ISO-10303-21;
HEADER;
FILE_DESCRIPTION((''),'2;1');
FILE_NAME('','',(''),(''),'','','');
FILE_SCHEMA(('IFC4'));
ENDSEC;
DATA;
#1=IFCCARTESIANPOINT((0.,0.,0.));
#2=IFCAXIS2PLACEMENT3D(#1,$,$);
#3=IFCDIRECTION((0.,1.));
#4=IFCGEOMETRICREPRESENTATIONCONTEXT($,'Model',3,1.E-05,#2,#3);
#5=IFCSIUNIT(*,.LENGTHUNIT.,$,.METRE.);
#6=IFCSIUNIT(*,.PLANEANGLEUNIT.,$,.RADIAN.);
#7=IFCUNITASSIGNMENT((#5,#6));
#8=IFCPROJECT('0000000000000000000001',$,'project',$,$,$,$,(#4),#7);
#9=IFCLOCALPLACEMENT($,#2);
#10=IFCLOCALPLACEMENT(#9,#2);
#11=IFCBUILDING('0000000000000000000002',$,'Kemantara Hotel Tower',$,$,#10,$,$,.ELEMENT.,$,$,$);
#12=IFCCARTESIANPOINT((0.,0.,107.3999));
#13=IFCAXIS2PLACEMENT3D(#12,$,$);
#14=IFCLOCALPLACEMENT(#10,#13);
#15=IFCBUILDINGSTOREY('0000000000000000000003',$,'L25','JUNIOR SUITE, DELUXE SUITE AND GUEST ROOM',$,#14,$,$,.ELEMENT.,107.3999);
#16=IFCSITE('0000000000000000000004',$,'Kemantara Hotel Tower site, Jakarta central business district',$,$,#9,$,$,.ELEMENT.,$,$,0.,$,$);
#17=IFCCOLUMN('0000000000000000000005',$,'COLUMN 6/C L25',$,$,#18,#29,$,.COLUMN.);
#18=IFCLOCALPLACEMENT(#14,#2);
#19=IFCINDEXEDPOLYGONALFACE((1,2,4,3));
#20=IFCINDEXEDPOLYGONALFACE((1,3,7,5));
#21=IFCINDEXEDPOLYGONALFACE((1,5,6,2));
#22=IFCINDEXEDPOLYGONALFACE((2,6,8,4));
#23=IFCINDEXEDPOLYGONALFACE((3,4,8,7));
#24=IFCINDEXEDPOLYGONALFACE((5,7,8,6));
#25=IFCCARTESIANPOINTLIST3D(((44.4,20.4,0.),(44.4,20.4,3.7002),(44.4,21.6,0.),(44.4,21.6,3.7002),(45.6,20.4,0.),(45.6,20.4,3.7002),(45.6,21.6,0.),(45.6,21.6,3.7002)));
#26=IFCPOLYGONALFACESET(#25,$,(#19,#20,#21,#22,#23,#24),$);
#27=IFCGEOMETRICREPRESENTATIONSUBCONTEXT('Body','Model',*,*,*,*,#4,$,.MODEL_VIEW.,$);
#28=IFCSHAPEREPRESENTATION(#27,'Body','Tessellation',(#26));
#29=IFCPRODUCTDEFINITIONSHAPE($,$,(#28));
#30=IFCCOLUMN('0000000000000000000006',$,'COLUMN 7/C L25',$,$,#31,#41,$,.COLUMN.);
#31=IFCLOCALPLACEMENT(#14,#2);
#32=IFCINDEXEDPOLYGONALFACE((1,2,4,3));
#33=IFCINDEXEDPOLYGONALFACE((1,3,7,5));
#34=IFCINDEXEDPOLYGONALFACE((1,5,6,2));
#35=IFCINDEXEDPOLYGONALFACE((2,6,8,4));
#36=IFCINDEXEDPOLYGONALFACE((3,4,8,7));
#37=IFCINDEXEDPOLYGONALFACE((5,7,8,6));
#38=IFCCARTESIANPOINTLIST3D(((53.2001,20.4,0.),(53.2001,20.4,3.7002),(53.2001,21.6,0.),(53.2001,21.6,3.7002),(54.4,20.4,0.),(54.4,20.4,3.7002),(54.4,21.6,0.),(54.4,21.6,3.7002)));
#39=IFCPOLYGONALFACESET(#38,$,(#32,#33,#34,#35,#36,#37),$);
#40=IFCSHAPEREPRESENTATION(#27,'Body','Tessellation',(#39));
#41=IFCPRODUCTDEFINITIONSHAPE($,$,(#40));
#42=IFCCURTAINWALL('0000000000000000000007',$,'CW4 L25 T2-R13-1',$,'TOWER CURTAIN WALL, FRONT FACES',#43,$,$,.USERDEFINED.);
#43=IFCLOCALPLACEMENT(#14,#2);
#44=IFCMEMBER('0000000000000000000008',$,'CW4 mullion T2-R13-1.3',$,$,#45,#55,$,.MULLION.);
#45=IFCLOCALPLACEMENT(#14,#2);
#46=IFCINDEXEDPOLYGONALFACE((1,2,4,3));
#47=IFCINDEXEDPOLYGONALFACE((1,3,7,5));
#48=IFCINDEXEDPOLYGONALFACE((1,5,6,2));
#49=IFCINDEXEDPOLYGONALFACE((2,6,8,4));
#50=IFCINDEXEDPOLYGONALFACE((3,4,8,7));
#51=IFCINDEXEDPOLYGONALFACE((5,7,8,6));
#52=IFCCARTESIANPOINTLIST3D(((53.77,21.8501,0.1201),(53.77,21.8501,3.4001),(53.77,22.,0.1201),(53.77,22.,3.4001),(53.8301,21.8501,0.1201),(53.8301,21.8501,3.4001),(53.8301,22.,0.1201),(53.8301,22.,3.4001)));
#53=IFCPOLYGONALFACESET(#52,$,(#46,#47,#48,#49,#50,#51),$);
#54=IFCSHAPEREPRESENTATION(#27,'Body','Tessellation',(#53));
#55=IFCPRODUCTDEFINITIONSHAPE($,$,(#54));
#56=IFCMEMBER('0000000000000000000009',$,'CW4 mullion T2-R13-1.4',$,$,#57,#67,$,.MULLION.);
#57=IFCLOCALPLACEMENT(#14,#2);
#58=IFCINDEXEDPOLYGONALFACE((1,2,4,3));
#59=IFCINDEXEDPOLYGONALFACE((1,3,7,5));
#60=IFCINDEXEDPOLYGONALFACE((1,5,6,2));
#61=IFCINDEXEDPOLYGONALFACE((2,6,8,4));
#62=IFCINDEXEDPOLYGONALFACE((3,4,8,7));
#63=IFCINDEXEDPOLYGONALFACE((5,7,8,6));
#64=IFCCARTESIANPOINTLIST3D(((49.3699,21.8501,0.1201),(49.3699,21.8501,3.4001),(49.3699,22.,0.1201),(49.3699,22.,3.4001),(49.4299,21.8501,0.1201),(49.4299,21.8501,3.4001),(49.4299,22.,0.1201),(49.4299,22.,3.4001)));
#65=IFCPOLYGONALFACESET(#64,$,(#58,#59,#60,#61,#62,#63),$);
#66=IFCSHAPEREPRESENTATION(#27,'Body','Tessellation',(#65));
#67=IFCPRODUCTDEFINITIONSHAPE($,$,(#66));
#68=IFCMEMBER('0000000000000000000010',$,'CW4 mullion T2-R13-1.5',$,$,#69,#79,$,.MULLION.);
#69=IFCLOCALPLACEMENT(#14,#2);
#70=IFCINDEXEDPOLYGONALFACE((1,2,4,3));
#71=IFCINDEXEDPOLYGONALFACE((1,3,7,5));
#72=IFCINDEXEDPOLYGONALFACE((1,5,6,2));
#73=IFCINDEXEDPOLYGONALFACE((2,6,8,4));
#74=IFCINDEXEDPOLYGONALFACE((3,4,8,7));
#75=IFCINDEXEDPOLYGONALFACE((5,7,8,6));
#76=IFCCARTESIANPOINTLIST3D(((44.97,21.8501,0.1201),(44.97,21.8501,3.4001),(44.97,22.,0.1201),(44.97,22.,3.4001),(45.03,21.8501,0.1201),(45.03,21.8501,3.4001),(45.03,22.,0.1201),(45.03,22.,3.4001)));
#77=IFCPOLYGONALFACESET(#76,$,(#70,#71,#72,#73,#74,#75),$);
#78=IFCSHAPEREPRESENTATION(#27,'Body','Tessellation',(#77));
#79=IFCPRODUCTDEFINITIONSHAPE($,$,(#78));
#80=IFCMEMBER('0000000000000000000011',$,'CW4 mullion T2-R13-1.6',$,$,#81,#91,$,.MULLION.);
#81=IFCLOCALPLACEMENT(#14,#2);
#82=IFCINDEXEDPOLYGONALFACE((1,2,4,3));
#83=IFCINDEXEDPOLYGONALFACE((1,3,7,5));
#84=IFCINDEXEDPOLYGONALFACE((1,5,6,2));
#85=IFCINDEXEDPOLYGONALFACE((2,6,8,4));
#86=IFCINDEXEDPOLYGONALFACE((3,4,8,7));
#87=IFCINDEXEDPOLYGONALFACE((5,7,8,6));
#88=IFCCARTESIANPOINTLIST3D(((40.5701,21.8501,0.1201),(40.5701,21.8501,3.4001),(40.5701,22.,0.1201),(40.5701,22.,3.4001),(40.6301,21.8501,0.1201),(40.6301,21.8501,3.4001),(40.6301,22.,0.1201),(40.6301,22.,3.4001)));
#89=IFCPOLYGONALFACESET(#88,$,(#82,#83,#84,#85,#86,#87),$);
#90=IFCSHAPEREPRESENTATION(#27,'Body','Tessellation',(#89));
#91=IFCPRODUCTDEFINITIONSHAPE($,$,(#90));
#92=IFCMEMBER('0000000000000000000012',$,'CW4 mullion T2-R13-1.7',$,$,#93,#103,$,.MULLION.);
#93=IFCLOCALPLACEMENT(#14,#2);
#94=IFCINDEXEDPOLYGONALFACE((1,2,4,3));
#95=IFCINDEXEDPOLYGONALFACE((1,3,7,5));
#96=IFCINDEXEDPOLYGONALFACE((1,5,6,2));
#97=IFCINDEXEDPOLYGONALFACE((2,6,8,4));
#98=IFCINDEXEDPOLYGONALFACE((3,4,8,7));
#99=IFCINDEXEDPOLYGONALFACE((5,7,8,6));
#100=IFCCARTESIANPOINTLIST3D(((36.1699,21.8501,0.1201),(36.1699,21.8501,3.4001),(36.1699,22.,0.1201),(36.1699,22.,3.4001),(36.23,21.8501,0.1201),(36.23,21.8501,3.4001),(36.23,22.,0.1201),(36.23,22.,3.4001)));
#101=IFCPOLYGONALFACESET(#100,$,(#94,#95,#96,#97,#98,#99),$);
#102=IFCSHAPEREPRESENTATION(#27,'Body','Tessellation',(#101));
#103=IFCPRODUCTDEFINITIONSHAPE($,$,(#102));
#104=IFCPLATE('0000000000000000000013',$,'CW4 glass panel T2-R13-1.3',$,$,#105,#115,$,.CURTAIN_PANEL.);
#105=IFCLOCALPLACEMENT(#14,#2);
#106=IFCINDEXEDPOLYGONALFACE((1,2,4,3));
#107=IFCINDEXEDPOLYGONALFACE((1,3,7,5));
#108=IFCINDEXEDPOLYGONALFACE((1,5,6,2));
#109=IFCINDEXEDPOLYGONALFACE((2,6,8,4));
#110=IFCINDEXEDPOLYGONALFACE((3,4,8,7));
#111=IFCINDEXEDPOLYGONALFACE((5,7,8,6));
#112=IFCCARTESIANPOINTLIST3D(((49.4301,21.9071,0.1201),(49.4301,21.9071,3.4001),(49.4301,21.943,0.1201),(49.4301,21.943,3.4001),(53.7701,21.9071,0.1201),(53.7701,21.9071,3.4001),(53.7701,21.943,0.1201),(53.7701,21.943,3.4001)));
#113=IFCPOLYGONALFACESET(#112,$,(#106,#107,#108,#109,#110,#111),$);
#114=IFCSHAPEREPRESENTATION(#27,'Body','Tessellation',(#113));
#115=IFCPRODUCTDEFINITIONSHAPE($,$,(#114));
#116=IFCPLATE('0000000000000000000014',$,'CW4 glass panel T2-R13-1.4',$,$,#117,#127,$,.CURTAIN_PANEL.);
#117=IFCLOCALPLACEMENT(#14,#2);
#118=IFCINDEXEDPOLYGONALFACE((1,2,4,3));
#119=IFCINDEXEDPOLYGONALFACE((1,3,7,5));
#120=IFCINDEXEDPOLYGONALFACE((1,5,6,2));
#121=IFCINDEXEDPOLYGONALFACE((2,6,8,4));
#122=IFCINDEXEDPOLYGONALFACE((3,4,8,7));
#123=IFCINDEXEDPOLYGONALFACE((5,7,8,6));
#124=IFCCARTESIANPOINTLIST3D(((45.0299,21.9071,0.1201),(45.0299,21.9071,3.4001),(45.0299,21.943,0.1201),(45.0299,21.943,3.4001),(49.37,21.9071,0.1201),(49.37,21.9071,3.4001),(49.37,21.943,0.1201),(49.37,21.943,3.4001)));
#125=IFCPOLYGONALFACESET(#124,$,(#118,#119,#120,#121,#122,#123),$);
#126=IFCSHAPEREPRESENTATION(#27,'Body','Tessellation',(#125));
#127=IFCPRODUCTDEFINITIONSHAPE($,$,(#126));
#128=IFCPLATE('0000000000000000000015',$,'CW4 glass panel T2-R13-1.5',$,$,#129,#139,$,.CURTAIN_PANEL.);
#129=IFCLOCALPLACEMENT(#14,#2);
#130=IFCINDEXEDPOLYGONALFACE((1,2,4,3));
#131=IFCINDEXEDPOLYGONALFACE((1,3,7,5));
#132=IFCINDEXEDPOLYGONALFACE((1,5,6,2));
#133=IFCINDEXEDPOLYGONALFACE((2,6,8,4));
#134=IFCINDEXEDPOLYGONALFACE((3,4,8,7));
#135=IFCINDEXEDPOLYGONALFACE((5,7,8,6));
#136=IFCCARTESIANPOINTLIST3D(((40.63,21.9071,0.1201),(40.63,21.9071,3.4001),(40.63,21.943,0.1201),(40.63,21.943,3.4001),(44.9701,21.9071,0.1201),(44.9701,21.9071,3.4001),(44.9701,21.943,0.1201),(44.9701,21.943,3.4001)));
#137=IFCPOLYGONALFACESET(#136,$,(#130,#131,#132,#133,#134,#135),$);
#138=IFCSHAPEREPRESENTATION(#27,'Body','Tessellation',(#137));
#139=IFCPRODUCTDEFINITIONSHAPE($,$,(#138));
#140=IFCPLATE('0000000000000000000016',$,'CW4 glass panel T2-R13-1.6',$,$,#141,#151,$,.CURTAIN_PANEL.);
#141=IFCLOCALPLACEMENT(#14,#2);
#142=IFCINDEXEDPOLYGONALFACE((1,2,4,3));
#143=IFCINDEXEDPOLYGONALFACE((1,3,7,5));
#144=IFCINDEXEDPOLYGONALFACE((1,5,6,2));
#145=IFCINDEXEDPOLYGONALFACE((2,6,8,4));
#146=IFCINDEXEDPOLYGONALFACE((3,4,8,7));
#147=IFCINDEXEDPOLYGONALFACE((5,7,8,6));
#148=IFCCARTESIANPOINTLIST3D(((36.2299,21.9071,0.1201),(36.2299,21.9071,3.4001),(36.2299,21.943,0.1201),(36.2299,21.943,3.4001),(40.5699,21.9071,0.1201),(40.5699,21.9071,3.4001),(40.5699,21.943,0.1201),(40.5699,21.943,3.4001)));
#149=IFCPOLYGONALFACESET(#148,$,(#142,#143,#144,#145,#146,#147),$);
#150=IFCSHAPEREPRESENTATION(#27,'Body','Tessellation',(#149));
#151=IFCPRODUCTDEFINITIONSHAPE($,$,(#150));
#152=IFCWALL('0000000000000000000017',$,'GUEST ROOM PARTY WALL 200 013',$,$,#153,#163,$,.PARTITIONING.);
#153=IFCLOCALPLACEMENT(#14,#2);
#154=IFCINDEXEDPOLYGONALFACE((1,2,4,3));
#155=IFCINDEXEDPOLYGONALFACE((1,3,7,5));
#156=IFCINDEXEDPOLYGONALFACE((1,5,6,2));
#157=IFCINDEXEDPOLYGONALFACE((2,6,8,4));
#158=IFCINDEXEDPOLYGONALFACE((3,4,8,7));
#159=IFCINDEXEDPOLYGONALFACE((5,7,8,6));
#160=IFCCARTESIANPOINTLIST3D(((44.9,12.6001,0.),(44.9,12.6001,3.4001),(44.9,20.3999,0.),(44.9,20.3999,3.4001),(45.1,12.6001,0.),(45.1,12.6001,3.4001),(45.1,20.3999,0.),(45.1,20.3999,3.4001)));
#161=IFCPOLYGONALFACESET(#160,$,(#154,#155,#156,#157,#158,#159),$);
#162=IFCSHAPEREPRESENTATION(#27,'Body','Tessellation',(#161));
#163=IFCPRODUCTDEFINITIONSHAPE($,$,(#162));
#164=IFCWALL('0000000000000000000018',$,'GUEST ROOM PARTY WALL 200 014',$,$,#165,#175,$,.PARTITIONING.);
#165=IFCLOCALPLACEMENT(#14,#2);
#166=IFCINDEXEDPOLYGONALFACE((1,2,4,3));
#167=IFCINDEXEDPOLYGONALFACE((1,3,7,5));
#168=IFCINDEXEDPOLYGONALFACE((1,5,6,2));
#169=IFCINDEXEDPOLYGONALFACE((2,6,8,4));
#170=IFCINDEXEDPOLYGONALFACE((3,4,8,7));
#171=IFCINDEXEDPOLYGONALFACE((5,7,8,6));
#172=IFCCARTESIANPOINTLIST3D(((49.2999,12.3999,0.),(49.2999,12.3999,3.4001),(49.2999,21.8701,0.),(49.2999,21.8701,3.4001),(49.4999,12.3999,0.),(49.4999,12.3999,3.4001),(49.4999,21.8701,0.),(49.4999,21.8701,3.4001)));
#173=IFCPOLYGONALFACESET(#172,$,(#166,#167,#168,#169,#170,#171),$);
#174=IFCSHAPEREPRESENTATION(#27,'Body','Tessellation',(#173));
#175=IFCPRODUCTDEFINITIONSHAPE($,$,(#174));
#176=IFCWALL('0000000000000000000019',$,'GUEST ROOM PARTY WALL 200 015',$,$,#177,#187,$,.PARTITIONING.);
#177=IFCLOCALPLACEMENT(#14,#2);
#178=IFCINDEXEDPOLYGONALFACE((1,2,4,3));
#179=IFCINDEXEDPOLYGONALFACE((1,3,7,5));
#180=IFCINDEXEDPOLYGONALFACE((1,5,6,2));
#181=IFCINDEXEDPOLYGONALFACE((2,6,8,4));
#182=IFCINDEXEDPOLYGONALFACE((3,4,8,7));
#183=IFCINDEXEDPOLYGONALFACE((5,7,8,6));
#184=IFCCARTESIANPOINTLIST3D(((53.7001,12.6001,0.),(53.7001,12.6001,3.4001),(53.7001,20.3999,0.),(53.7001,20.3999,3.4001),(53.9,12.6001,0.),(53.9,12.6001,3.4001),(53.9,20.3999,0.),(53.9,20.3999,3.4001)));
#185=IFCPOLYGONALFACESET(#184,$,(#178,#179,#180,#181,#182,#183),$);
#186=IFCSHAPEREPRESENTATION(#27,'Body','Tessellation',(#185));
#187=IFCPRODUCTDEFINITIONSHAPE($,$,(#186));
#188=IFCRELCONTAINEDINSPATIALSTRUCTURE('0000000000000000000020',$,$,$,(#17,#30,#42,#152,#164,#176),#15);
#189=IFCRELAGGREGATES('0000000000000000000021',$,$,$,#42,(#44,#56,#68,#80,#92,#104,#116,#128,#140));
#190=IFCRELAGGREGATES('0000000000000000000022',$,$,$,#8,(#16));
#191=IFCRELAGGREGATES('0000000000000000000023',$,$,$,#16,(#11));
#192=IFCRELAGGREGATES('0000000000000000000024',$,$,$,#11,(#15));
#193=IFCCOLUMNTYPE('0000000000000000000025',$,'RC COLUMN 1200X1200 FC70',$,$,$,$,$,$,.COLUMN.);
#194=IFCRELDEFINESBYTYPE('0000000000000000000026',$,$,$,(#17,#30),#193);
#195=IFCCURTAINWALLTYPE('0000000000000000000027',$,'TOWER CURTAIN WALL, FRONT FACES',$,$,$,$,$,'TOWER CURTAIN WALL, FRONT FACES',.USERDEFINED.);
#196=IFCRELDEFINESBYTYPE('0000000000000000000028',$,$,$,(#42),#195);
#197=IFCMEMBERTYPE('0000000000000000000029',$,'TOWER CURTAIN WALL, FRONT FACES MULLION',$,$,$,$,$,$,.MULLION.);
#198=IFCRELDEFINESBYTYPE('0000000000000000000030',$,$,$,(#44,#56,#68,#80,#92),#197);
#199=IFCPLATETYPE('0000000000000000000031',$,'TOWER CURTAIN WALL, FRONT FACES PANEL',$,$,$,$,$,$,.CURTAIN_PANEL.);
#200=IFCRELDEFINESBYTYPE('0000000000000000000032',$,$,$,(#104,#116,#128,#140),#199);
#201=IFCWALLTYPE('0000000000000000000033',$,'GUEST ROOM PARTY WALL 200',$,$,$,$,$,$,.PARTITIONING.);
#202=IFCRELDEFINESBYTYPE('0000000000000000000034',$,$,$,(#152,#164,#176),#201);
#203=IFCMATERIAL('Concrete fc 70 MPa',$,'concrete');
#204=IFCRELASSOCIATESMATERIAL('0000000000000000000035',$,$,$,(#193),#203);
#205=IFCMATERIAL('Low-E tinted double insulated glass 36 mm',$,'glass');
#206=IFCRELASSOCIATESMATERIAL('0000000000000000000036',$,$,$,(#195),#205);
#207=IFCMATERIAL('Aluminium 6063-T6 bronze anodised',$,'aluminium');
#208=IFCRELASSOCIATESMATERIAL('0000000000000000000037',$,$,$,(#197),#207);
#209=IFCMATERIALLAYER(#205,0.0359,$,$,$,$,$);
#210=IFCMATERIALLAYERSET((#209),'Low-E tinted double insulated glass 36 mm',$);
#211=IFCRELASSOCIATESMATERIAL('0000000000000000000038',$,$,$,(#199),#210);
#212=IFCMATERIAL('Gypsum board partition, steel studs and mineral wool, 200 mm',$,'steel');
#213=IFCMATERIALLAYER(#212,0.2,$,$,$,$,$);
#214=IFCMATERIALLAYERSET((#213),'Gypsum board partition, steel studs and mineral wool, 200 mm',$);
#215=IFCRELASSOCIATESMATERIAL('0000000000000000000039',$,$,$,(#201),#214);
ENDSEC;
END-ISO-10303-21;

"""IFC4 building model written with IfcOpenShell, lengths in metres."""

from ifc_helpers import new_model, si_unit, direction, frame, frame_2d, origin, origin_2d, place, context, subcontext, project, spatial, rectangle, extrude, source, transform, mapped, material, layer, layer_set, material_profile, profile_set, type_object, element, aggregate, save


model = new_model("IFC4")

# Units and contexts
model_context = context("Model", 3, precision=1e-05, world=origin(), true_north=direction((0.0, 1.0)))
body_context = subcontext(model_context, "Body", "Model", "MODEL_VIEW")
ifc_project = project(units=[si_unit("LENGTHUNIT", "METRE"), si_unit("PLANEANGLEUNIT", "RADIAN")], contexts=[model_context])

# Site, building, storey
site_placement = place(None, origin())
site = spatial("IfcSite", under=ifc_project, at=site_placement, Name="Kemantara Hotel Tower site, Jakarta central business district", CompositionType="ELEMENT", RefElevation=0.0)
building_placement = place(site_placement, origin())
building = spatial("IfcBuilding", under=site, at=building_placement, Name="Kemantara Hotel Tower", CompositionType="ELEMENT")
storey_placement = place(building_placement, frame((0.0, 0.0, 107.3999)))
storey = spatial("IfcBuildingStorey", under=building, at=storey_placement, Name="L25", Description="JUNIOR SUITE, DELUXE SUITE AND GUEST ROOM", CompositionType="ELEMENT", Elevation=107.3999)

# Columns
ifc_material_1 = material(Name="Concrete fc 70 MPa", Category="concrete")
ifc_material_profile_1 = material_profile(ifc_material_1, rectangle(XDim=1.2, YDim=1.2, at=origin_2d()), Name="RC 1200X1200")
ifc_profile_set_1 = profile_set([ifc_material_profile_1], Name="Concrete fc 70 MPa")
column_type = type_object("IfcColumnType", Name="RC COLUMN 1200X1200 FC70", PredefinedType="COLUMN", material=ifc_profile_set_1)
for number, where, z_axis, x_axis, name in (
    (1, (45.0, 21.0, 0.0), (0.0, 0.0, 1.0), (1.0, 0.0, 0.0), "COLUMN 6/C L25"),
    (2, (53.8, 21.0, 0.0), (0.0, 0.0, 1.0), (1.0, 0.0, 0.0), "COLUMN 7/C L25"),
):
    element("IfcColumn", number, at=place(storey_placement, frame(where, z_axis=z_axis, x_axis=x_axis)), inside=storey, type_object=column_type, Name=name, PredefinedType="COLUMN", context=body_context, shape_type="SweptSolid", body=[
        extrude(rectangle(XDim=1.2, YDim=1.2, at=origin_2d()), origin(), (0.0, 0.0, 1.0), 3.7002),
    ])

# Curtain wall, members, plates
ifc_material_2 = material(Name="Low-E tinted double insulated glass 36 mm", Category="glass")
curtain_wall_type = type_object("IfcCurtainWallType", Name="TOWER CURTAIN WALL, FRONT FACES", ElementType="TOWER CURTAIN WALL, FRONT FACES", PredefinedType="USERDEFINED", material=ifc_material_2)
curtain_wall_placement = place(storey_placement, origin())
curtain_wall = element("IfcCurtainWall", 3, at=curtain_wall_placement, inside=storey, type_object=curtain_wall_type, Name="CW4 L25 T2-R13-1", ObjectType="TOWER CURTAIN WALL, FRONT FACES", PredefinedType="USERDEFINED")
ifc_material_3 = material(Name="Aluminium 6063-T6 bronze anodised", Category="aluminium")
ifc_material_profile_2 = material_profile(ifc_material_3, rectangle(XDim=0.1499, YDim=0.0601, at=origin_2d()), Name="TOWER CURTAIN WALL, FRONT FACES MULLION")
ifc_profile_set_2 = profile_set([ifc_material_profile_2], Name="Aluminium 6063-T6 bronze anodised")
member_type = type_object("IfcMemberType", Name="TOWER CURTAIN WALL, FRONT FACES MULLION", PredefinedType="MULLION", material=ifc_profile_set_2)
shared_shape_1 = source(origin(), body_context, "Body", "SweptSolid", [
    extrude(rectangle(XDim=0.1499, YDim=0.0601, at=origin_2d()), origin(), (0.0, 0.0, 1.0), 3.28),
])
member_1_placement = place(storey_placement, frame((53.8, 21.925, 0.1201), z_axis=(0.0, 0.0, 1.0), x_axis=(0.0, -1.0, 0.0)))
member_1 = element("IfcMember", 4, at=member_1_placement, type_object=member_type, Name="CW4 mullion T2-R13-1.3", PredefinedType="MULLION", context=body_context, shape_type="MappedRepresentation", body=[
    mapped(shared_shape_1, transform((0.0, 0.0, 0.0))),
])
member_2_placement = place(storey_placement, frame((49.3999, 21.925, 0.1201), z_axis=(0.0, 0.0, 1.0), x_axis=(0.0, -1.0, 0.0)))
member_2 = element("IfcMember", 5, at=member_2_placement, type_object=member_type, Name="CW4 mullion T2-R13-1.4", PredefinedType="MULLION", context=body_context, shape_type="MappedRepresentation", body=[
    mapped(shared_shape_1, transform((0.0, 0.0, 0.0))),
])
member_3_placement = place(storey_placement, frame((45.0, 21.925, 0.1201), z_axis=(0.0, 0.0, 1.0), x_axis=(0.0, -1.0, 0.0)))
member_3 = element("IfcMember", 6, at=member_3_placement, type_object=member_type, Name="CW4 mullion T2-R13-1.5", PredefinedType="MULLION", context=body_context, shape_type="MappedRepresentation", body=[
    mapped(shared_shape_1, transform((0.0, 0.0, 0.0))),
])
member_4_placement = place(storey_placement, frame((40.6001, 21.925, 0.1201), z_axis=(0.0, 0.0, 1.0), x_axis=(0.0, -1.0, 0.0)))
member_4 = element("IfcMember", 7, at=member_4_placement, type_object=member_type, Name="CW4 mullion T2-R13-1.6", PredefinedType="MULLION", context=body_context, shape_type="MappedRepresentation", body=[
    mapped(shared_shape_1, transform((0.0, 0.0, 0.0))),
])
member_5_placement = place(storey_placement, frame((36.2, 21.925, 0.1201), z_axis=(0.0, 0.0, 1.0), x_axis=(0.0, -1.0, 0.0)))
member_5 = element("IfcMember", 8, at=member_5_placement, type_object=member_type, Name="CW4 mullion T2-R13-1.7", PredefinedType="MULLION", context=body_context, shape_type="MappedRepresentation", body=[
    mapped(shared_shape_1, transform((0.0, 0.0, 0.0))),
])
ifc_layer_1 = layer(ifc_material_2, 0.0359)
ifc_layer_set_1 = layer_set([ifc_layer_1], Name="Low-E tinted double insulated glass 36 mm")
plate_type = type_object("IfcPlateType", Name="TOWER CURTAIN WALL, FRONT FACES PANEL", PredefinedType="CURTAIN_PANEL", material=ifc_layer_set_1)
shared_shape_2 = source(origin(), body_context, "Body", "SweptSolid", [
    extrude(rectangle(XDim=4.3401, YDim=0.0359, at=origin_2d()), origin(), (0.0, 0.0, 1.0), 3.28),
])
plate_1_placement = place(storey_placement, frame((51.6001, 21.925, 0.1201), z_axis=(0.0, 0.0, 1.0), x_axis=(-1.0, 0.0, 0.0)))
plate_1 = element("IfcPlate", 9, at=plate_1_placement, type_object=plate_type, Name="CW4 glass panel T2-R13-1.3", PredefinedType="CURTAIN_PANEL", context=body_context, shape_type="MappedRepresentation", body=[
    mapped(shared_shape_2, transform((0.0, 0.0, 0.0))),
])
plate_2_placement = place(storey_placement, frame((47.2, 21.925, 0.1201), z_axis=(0.0, 0.0, 1.0), x_axis=(-1.0, 0.0, 0.0)))
plate_2 = element("IfcPlate", 10, at=plate_2_placement, type_object=plate_type, Name="CW4 glass panel T2-R13-1.4", PredefinedType="CURTAIN_PANEL", context=body_context, shape_type="MappedRepresentation", body=[
    mapped(shared_shape_2, transform((0.0, 0.0, 0.0))),
])
plate_3_placement = place(storey_placement, frame((42.8, 21.925, 0.1201), z_axis=(0.0, 0.0, 1.0), x_axis=(-1.0, 0.0, 0.0)))
plate_3 = element("IfcPlate", 11, at=plate_3_placement, type_object=plate_type, Name="CW4 glass panel T2-R13-1.5", PredefinedType="CURTAIN_PANEL", context=body_context, shape_type="MappedRepresentation", body=[
    mapped(shared_shape_2, transform((0.0, 0.0, 0.0))),
])
plate_4_placement = place(storey_placement, frame((38.3999, 21.925, 0.1201), z_axis=(0.0, 0.0, 1.0), x_axis=(-1.0, 0.0, 0.0)))
plate_4 = element("IfcPlate", 12, at=plate_4_placement, type_object=plate_type, Name="CW4 glass panel T2-R13-1.6", PredefinedType="CURTAIN_PANEL", context=body_context, shape_type="MappedRepresentation", body=[
    mapped(shared_shape_2, transform((0.0, 0.0, 0.0))),
])
aggregate(curtain_wall, [member_1, member_2, member_3, member_4, member_5, plate_1, plate_2, plate_3, plate_4])

# Walls
ifc_material_4 = material(Name="Gypsum board partition, steel studs and mineral wool, 200 mm", Category="steel")
ifc_layer_2 = layer(ifc_material_4, 0.2)
ifc_layer_set_2 = layer_set([ifc_layer_2], Name="Gypsum board partition, steel studs and mineral wool, 200 mm")
wall_type_1 = type_object("IfcWallType", Name="GUEST ROOM PARTY WALL 200", PredefinedType="PARTITIONING", material=ifc_layer_set_2)
wall_1_placement = place(storey_placement, frame((45.0, 12.6001, 0.0), z_axis=(0.0, 0.0, 1.0), x_axis=(0.0, 1.0, 0.0)))
element("IfcWall", 13, at=wall_1_placement, inside=storey, type_object=wall_type_1, Name="GUEST ROOM PARTY WALL 200 013", PredefinedType="PARTITIONING", context=body_context, shape_type="SweptSolid", body=[
    extrude(rectangle(XDim=7.7998, YDim=0.2, at=frame_2d((3.8999, 0.0))), origin(), (0.0, 0.0, 1.0), 3.4001),
])
wall_2_placement = place(storey_placement, frame((49.3999, 12.3999, 0.0), z_axis=(0.0, 0.0, 1.0), x_axis=(0.0, 1.0, 0.0)))
element("IfcWall", 14, at=wall_2_placement, inside=storey, type_object=wall_type_1, Name="GUEST ROOM PARTY WALL 200 014", PredefinedType="PARTITIONING", context=body_context, shape_type="SweptSolid", body=[
    extrude(rectangle(XDim=9.4702, YDim=0.2, at=frame_2d((4.7351, 0.0))), origin(), (0.0, 0.0, 1.0), 3.4001),
])
wall_3_placement = place(storey_placement, frame((53.8, 12.6001, 0.0), z_axis=(0.0, 0.0, 1.0), x_axis=(0.0, 1.0, 0.0)))
element("IfcWall", 15, at=wall_3_placement, inside=storey, type_object=wall_type_1, Name="GUEST ROOM PARTY WALL 200 015", PredefinedType="PARTITIONING", context=body_context, shape_type="SweptSolid", body=[
    extrude(rectangle(XDim=7.7998, YDim=0.2, at=frame_2d((3.8999, 0.0))), origin(), (0.0, 0.0, 1.0), 3.4001),
])

save(model, "model.ifc")
